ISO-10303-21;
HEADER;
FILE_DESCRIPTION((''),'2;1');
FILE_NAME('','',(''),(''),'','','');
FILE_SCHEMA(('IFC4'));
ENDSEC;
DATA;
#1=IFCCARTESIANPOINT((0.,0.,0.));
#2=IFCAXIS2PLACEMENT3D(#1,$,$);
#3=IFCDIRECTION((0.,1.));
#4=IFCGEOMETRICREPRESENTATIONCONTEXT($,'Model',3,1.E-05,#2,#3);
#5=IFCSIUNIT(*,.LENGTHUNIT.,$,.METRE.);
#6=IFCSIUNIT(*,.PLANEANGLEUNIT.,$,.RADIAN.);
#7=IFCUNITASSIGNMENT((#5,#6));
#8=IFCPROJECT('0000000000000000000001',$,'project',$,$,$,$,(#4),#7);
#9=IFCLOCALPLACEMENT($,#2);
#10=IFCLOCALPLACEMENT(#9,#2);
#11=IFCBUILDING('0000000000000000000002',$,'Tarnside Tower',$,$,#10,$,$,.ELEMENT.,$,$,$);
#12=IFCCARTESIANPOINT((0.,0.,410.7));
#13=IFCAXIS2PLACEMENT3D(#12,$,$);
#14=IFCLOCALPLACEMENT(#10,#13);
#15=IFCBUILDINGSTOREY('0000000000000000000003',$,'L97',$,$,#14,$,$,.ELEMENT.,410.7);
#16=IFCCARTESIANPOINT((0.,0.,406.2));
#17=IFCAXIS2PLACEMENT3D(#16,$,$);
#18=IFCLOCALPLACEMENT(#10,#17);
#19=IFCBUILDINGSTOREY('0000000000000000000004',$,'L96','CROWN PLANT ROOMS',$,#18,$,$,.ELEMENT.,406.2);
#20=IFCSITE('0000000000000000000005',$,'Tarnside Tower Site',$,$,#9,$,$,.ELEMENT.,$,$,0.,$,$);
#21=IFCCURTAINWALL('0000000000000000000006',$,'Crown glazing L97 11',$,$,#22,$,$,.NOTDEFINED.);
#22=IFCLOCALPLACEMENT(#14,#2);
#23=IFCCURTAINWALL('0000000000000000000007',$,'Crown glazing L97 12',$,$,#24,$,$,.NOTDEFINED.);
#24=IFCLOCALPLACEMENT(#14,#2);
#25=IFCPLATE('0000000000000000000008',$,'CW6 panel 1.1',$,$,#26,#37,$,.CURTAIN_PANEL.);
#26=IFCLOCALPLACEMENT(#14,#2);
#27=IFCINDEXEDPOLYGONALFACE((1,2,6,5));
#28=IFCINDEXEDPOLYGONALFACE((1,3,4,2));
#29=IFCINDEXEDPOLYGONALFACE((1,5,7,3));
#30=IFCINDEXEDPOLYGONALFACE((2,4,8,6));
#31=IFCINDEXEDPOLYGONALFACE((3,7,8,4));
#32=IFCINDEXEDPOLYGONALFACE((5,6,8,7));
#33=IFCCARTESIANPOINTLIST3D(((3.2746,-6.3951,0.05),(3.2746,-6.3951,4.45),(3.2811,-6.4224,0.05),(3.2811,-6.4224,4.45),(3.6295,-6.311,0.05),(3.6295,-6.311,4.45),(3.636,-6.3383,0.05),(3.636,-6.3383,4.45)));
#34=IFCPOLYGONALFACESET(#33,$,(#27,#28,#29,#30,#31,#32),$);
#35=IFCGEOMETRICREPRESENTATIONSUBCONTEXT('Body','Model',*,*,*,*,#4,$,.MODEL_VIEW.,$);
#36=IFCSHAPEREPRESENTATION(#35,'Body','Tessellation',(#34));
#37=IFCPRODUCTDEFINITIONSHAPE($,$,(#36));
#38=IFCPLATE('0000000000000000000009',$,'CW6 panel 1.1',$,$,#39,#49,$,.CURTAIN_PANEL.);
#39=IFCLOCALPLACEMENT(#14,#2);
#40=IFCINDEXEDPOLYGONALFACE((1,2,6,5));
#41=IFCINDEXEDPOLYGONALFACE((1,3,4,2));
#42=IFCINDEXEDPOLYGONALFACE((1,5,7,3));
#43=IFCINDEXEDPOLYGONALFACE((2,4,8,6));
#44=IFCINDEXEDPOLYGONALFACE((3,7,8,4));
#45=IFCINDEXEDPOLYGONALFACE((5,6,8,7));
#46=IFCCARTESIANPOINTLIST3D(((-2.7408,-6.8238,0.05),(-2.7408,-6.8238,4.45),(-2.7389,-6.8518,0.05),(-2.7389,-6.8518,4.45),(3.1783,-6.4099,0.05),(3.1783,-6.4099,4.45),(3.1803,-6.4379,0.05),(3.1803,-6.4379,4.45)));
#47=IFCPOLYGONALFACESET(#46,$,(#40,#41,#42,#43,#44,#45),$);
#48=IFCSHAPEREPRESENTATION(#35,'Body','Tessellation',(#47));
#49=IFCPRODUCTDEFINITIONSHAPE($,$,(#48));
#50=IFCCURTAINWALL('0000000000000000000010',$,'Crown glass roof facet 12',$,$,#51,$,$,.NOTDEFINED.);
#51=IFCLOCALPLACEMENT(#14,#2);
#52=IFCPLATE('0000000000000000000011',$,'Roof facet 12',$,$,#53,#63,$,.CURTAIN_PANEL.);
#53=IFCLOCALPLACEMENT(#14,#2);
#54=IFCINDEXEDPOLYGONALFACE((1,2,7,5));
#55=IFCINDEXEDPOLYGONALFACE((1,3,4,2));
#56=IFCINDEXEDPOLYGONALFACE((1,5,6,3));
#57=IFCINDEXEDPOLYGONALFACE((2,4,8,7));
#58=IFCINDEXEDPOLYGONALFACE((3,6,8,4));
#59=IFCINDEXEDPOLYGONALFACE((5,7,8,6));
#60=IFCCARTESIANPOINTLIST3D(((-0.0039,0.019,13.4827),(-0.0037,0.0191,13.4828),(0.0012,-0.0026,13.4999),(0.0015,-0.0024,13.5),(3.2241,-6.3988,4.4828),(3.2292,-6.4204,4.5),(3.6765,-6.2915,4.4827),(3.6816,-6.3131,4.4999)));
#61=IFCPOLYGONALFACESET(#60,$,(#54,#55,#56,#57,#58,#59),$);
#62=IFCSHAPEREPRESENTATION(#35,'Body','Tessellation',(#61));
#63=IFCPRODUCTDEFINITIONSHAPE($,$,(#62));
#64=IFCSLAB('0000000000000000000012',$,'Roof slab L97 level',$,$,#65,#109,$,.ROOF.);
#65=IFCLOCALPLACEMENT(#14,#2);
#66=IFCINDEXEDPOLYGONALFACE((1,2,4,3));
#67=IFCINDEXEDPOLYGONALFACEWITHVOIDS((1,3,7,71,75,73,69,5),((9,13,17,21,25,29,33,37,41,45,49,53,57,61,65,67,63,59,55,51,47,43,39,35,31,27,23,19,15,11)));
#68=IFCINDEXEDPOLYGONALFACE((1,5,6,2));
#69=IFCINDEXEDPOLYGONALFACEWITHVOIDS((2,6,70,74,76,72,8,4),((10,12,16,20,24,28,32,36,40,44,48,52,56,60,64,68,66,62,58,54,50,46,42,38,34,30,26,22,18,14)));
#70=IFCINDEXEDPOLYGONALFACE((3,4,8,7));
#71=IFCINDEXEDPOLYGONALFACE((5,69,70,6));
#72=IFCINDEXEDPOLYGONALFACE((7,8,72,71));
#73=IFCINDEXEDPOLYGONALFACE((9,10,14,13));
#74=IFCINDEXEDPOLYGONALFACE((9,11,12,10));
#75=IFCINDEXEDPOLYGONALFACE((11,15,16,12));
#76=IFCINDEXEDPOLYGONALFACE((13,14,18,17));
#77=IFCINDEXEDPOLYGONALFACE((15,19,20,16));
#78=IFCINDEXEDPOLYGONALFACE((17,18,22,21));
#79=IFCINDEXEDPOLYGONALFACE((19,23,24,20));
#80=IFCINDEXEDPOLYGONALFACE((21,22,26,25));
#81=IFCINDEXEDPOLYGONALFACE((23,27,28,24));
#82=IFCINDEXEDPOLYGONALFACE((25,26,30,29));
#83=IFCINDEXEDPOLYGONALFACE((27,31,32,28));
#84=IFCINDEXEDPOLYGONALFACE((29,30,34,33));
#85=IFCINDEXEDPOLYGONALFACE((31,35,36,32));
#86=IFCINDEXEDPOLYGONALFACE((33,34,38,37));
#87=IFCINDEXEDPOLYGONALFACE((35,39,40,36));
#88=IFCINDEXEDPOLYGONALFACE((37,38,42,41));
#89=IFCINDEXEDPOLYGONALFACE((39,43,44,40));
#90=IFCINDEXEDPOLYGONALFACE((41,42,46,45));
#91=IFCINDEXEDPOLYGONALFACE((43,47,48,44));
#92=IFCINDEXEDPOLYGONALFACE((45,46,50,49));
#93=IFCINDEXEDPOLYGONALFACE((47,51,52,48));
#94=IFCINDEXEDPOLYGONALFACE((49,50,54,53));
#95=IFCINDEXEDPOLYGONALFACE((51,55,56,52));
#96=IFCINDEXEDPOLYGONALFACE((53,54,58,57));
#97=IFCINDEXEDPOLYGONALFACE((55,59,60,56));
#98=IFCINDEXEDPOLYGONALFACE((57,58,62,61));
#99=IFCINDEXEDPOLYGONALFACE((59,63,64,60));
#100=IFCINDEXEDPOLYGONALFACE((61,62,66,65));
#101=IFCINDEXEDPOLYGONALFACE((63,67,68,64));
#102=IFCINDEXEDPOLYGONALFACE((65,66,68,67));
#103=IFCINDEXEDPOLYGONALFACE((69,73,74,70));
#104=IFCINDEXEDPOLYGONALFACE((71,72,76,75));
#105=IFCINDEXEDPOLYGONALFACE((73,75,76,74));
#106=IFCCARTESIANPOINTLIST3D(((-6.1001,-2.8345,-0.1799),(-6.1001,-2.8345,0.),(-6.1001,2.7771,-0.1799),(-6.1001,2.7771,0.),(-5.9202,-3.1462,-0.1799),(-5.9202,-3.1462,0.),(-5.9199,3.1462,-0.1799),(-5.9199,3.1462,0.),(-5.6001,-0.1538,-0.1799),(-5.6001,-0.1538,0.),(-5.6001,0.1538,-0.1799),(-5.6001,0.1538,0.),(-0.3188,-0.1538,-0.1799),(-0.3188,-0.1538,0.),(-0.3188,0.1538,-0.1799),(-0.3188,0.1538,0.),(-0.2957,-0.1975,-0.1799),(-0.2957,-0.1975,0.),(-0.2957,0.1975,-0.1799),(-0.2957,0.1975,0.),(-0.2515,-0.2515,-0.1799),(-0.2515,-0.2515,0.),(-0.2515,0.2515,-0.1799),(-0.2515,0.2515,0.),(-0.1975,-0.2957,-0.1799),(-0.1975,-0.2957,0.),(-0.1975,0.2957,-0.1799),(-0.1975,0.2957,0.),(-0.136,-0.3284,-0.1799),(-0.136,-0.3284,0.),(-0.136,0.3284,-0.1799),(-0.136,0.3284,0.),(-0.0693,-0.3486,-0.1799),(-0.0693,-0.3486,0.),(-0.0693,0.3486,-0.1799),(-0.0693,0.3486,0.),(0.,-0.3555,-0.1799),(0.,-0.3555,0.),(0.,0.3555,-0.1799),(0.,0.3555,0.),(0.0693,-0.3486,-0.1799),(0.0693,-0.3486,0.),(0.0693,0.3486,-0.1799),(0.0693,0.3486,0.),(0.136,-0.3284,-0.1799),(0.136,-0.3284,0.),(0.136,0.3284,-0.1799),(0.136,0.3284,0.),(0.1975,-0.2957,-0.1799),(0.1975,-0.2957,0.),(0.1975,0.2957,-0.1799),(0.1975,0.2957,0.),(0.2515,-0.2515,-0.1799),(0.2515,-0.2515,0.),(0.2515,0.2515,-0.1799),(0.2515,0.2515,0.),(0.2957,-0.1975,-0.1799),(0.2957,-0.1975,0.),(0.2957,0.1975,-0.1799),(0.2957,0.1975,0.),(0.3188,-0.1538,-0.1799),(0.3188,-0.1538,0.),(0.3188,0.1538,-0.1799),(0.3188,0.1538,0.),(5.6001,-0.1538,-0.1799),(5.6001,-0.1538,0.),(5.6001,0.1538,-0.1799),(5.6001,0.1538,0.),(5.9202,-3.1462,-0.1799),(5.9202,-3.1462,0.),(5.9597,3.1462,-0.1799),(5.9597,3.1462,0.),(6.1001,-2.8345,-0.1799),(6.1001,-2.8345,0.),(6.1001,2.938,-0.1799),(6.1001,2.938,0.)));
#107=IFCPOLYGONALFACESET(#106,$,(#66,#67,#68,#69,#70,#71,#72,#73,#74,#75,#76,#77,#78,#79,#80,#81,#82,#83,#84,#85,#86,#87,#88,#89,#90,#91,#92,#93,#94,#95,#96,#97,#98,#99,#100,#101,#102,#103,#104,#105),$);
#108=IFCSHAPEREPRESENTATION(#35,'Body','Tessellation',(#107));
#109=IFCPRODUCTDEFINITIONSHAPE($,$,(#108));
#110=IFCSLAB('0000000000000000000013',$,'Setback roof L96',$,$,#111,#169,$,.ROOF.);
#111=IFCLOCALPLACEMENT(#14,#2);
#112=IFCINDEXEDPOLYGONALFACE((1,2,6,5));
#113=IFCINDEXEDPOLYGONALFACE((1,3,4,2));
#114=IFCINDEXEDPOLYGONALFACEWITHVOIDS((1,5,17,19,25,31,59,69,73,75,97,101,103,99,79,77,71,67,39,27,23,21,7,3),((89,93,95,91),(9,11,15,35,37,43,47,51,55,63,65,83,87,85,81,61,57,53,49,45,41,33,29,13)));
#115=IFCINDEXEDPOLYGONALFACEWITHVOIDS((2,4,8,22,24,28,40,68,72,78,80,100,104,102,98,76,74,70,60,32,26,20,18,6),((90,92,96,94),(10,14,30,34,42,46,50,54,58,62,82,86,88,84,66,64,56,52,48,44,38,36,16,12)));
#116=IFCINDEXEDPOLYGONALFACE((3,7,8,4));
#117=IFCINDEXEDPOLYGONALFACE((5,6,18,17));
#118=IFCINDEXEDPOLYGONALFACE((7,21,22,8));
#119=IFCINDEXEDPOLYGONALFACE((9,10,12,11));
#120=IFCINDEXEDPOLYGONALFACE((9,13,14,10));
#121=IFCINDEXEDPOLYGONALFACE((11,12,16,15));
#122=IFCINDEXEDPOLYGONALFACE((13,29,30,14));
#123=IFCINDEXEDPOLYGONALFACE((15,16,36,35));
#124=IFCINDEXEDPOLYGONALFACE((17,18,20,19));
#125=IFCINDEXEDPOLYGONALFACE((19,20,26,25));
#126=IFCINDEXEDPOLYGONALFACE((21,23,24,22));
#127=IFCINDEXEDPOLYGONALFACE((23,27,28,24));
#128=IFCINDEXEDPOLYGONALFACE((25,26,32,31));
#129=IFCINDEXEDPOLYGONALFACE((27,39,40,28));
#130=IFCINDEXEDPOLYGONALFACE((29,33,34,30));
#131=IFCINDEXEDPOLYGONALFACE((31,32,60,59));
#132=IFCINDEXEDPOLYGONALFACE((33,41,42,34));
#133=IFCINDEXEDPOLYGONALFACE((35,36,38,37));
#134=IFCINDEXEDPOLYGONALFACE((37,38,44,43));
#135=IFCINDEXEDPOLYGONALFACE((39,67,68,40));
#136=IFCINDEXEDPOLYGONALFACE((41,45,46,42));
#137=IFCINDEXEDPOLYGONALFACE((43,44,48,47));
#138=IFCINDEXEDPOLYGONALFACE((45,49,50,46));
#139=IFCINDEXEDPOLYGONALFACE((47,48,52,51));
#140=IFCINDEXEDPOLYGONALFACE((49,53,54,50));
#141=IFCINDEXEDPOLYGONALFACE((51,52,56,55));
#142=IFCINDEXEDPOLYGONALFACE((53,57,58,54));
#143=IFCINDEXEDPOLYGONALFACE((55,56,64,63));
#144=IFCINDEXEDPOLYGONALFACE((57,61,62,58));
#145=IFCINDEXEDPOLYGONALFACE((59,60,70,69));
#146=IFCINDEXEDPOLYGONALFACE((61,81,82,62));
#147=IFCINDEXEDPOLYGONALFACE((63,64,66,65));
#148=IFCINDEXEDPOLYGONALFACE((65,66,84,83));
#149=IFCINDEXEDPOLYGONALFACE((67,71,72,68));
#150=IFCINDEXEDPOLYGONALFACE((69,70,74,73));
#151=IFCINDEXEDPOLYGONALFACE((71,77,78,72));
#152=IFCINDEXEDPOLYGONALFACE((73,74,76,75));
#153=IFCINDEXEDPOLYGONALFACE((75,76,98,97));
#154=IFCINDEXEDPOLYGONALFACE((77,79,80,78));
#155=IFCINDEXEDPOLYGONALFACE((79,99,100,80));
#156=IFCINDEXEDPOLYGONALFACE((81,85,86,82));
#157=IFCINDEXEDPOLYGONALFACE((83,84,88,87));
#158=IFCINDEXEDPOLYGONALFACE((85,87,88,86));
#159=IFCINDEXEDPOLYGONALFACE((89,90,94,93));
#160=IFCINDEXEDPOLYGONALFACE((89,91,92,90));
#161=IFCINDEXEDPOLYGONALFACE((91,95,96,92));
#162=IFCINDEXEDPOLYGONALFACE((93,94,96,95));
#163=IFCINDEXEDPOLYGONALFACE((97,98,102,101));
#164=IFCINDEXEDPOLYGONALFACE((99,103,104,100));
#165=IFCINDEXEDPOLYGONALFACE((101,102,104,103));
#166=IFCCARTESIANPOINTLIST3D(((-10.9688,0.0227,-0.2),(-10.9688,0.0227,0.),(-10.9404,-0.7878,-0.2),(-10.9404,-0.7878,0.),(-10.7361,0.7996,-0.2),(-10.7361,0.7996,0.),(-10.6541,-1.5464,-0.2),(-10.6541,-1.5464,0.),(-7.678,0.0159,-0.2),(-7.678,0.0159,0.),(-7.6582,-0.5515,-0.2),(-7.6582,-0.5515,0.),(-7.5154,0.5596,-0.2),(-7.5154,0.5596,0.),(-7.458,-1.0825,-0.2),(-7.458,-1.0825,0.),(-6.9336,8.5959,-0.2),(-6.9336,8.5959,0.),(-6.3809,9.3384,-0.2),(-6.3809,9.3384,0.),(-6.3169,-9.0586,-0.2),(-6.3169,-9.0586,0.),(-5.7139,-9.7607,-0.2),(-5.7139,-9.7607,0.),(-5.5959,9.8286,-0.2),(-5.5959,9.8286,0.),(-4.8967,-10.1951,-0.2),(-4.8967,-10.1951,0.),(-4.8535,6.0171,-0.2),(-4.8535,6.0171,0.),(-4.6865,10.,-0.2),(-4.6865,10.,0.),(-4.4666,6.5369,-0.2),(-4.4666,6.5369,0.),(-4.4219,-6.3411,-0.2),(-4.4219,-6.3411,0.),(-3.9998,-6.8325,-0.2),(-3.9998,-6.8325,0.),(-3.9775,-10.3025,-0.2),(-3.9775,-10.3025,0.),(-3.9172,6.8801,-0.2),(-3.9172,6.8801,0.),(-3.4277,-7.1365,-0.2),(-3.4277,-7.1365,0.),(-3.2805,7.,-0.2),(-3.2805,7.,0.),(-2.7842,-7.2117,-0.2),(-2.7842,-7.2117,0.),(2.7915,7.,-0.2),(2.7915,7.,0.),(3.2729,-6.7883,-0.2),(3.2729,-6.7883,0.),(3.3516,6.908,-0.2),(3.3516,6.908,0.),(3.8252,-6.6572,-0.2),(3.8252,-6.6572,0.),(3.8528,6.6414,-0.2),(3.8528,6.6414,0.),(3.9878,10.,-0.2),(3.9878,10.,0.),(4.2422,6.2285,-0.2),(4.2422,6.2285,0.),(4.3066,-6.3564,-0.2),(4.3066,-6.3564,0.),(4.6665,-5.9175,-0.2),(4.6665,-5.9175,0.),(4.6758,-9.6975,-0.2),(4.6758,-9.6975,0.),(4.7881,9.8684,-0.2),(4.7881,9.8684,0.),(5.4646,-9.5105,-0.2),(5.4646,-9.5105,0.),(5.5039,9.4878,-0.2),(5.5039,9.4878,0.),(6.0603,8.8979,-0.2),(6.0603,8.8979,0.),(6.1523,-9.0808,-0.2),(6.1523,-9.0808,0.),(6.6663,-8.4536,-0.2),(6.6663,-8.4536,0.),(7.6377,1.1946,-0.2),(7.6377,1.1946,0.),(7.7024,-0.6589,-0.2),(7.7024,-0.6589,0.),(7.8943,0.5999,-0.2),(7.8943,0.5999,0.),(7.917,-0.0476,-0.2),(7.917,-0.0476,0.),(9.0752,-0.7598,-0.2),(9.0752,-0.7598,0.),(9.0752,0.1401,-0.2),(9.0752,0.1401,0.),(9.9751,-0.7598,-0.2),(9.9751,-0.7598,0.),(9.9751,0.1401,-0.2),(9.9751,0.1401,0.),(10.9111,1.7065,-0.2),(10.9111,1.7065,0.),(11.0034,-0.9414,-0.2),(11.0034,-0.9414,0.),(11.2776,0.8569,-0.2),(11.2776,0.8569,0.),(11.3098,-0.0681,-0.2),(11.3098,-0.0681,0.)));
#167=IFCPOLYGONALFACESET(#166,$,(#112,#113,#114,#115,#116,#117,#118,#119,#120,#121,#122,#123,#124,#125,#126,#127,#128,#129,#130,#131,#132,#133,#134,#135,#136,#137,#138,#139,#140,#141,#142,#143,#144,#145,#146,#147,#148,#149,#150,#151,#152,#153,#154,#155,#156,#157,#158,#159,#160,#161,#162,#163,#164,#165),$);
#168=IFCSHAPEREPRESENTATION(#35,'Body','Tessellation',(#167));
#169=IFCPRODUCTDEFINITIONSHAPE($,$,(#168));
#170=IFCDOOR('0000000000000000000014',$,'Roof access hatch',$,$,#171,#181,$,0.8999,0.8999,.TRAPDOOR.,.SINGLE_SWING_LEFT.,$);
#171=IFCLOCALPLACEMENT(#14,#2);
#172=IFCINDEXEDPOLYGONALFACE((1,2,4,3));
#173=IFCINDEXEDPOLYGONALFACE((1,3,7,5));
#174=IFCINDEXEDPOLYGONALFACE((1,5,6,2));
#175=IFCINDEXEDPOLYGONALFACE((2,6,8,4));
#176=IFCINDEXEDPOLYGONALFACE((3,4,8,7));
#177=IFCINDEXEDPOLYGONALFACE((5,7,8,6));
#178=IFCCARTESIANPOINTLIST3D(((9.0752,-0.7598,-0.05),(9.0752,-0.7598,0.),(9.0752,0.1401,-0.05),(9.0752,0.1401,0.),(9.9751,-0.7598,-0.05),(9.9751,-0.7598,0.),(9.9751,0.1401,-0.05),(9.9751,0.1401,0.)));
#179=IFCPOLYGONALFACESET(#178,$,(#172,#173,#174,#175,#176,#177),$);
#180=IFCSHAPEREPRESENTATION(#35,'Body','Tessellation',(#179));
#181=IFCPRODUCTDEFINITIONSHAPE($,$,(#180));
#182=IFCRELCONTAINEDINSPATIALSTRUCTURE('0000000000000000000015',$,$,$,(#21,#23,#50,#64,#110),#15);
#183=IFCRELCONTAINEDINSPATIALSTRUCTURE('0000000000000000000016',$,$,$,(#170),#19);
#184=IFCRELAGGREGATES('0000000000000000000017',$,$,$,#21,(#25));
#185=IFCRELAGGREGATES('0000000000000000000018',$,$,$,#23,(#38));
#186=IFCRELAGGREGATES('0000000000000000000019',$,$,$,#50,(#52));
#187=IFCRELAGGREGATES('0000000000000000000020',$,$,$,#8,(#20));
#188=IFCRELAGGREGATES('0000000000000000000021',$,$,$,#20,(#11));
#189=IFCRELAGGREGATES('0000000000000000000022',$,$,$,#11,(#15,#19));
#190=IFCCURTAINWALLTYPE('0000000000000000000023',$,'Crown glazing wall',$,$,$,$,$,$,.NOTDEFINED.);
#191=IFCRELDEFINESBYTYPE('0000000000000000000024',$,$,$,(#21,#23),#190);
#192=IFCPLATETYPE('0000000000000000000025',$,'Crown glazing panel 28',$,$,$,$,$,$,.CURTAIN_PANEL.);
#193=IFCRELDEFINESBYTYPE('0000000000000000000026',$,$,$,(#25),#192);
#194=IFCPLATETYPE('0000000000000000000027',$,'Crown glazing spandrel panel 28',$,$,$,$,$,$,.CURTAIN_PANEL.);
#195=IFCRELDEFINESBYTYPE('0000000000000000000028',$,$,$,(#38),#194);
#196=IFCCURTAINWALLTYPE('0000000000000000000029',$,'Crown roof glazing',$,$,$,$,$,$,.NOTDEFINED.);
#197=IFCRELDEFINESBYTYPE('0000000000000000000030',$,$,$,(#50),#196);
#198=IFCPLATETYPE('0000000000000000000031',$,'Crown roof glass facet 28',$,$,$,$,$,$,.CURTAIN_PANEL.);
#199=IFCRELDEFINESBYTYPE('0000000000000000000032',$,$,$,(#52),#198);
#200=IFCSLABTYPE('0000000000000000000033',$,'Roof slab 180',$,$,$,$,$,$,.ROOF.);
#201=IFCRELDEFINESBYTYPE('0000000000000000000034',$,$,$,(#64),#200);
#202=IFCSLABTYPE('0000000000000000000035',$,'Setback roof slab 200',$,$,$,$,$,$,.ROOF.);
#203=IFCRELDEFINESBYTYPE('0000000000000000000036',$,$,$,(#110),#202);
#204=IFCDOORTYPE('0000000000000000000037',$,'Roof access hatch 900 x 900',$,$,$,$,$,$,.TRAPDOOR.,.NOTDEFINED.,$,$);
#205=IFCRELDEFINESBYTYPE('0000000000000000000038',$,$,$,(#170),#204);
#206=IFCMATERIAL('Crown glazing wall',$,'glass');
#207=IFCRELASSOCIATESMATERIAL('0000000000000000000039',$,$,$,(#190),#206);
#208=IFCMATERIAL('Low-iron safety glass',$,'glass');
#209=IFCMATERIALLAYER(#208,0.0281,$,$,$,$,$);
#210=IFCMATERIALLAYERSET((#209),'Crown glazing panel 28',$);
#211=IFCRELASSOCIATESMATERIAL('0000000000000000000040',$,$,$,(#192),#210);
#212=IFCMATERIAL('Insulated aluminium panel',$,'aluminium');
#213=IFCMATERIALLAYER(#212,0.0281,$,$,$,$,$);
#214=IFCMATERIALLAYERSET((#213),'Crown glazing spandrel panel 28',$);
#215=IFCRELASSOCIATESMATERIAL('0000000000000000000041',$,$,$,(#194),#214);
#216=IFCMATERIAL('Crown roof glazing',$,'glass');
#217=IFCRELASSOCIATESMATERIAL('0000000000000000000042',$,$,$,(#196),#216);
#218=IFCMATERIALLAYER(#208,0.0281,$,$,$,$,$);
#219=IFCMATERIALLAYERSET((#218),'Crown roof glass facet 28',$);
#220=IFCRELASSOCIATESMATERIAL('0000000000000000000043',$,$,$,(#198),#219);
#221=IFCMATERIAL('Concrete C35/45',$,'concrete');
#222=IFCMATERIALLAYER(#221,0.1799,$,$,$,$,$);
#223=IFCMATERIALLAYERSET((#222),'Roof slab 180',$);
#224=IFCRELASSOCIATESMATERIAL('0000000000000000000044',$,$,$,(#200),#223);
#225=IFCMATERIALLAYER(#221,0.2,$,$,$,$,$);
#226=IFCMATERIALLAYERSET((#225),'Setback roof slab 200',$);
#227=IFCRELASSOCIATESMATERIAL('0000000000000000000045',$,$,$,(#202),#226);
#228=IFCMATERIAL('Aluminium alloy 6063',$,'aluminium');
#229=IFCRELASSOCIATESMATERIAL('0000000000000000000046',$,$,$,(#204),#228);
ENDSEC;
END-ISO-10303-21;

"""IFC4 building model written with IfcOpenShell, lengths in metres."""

from ifc_helpers import new_model, si_unit, direction, frame, origin, origin_2d, place, context, subcontext, project, spatial, polyline, rectangle, outline, extrude, material, layer, layer_set, type_object, element, fill, aggregate, save


model = new_model("IFC4")

# Units and contexts
model_context = context("Model", 3, precision=1e-05, world=origin(), true_north=direction((0.0, 1.0)))
body_context = subcontext(model_context, "Body", "Model", "MODEL_VIEW")
ifc_project = project(units=[si_unit("LENGTHUNIT", "METRE"), si_unit("PLANEANGLEUNIT", "RADIAN")], contexts=[model_context])

# Site, building, storey
site_placement = place(None, origin())
site = spatial("IfcSite", under=ifc_project, at=site_placement, Name="Tarnside Tower Site", CompositionType="ELEMENT", RefElevation=0.0)
building_placement = place(site_placement, origin())
building = spatial("IfcBuilding", under=site, at=building_placement, Name="Tarnside Tower", CompositionType="ELEMENT")
storey_1_placement = place(building_placement, frame((0.0, 0.0, 410.7)))
storey_1 = spatial("IfcBuildingStorey", under=building, at=storey_1_placement, Name="L97", CompositionType="ELEMENT", Elevation=410.7)

# Shared definitions
ifc_material_1 = material(Name="Crown glazing wall", Category="glass")
curtain_wall_type_1 = type_object("IfcCurtainWallType", Name="Crown glazing wall", PredefinedType="NOTDEFINED", material=ifc_material_1)
ifc_material_2 = material(Name="Aluminium alloy 6063", Category="aluminium")

# Curtain wall
curtain_wall_1_placement = place(storey_1_placement, origin())
curtain_wall_1 = element("IfcCurtainWall", 1, at=curtain_wall_1_placement, inside=storey_1, type_object=curtain_wall_type_1, Name="Crown glazing L97 11", PredefinedType="NOTDEFINED")

# Curtain wall
curtain_wall_2_placement = place(storey_1_placement, origin())
curtain_wall_2 = element("IfcCurtainWall", 2, at=curtain_wall_2_placement, inside=storey_1, type_object=curtain_wall_type_1, Name="Crown glazing L97 12", PredefinedType="NOTDEFINED")

# Plates
ifc_material_3 = material(Name="Low-iron safety glass", Category="glass")
ifc_layer_1 = layer(ifc_material_3, 0.0281)
ifc_layer_set_1 = layer_set([ifc_layer_1], Name="Crown glazing panel 28")
plate_type_1 = type_object("IfcPlateType", Name="Crown glazing panel 28", PredefinedType="CURTAIN_PANEL", material=ifc_layer_set_1)
plate_1_placement = place(storey_1_placement, frame((3.4553, -6.3667, 0.05), z_axis=(0.0, 0.0, 1.0), x_axis=(-0.973045, -0.230616, 0.0)))
plate_1 = element("IfcPlate", 3, at=plate_1_placement, type_object=plate_type_1, Name="CW6 panel 1.1", PredefinedType="CURTAIN_PANEL", context=body_context, shape_type="SweptSolid", body=[
    extrude(rectangle(XDim=0.3647, YDim=0.0281, at=origin_2d()), origin(), (0.0, 0.0, 1.0), 4.3999),
])
aggregate(curtain_wall_1, [plate_1])
ifc_material_4 = material(Name="Insulated aluminium panel", Category="aluminium")
ifc_layer_2 = layer(ifc_material_4, 0.0281)
ifc_layer_set_2 = layer_set([ifc_layer_2], Name="Crown glazing spandrel panel 28")
plate_type_2 = type_object("IfcPlateType", Name="Crown glazing spandrel panel 28", PredefinedType="CURTAIN_PANEL", material=ifc_layer_set_2)
plate_2_placement = place(storey_1_placement, frame((0.2197, -6.6309, 0.05), z_axis=(0.0, 0.0, 1.0), x_axis=(-0.997564, -0.069756, 0.0)))
plate_2 = element("IfcPlate", 4, at=plate_2_placement, type_object=plate_type_2, Name="CW6 panel 1.1", PredefinedType="CURTAIN_PANEL", context=body_context, shape_type="SweptSolid", body=[
    extrude(rectangle(XDim=5.9336, YDim=0.0281, at=origin_2d()), origin(), (0.0, 0.0, 1.0), 4.3999),
])
aggregate(curtain_wall_2, [plate_2])

# Curtain wall, plate
ifc_material_5 = material(Name="Crown roof glazing", Category="glass")
curtain_wall_type_2 = type_object("IfcCurtainWallType", Name="Crown roof glazing", PredefinedType="NOTDEFINED", material=ifc_material_5)
curtain_wall_3_placement = place(storey_1_placement, origin())
curtain_wall_3 = element("IfcCurtainWall", 5, at=curtain_wall_3_placement, inside=storey_1, type_object=curtain_wall_type_2, Name="Crown glass roof facet 12", PredefinedType="NOTDEFINED")
ifc_layer_3 = layer(ifc_material_3, 0.0281)
ifc_layer_set_3 = layer_set([ifc_layer_3], Name="Crown roof glass facet 28")
plate_type_3 = type_object("IfcPlateType", Name="Crown roof glass facet 28", PredefinedType="CURTAIN_PANEL", material=ifc_layer_set_3)
plate_3_placement = place(storey_1_placement, frame((3.2292, -6.4204, 4.5), z_axis=(0.18237, -0.76844, 0.613386), x_axis=(0.973009, 0.230768, -0.000189)))
plate_3 = element("IfcPlate", 6, at=plate_3_placement, type_object=plate_type_3, Name="Roof facet 12", PredefinedType="CURTAIN_PANEL", context=body_context, shape_type="SweptSolid", body=[
    extrude(outline(polyline([(0.0, 0.0), (0.4649, 0.0), (-1.6613, 11.3951), (-1.6616, 11.395), (0.0, 0.0)])), origin(), (0.0, 0.0, -1.0), 0.0281),
])
aggregate(curtain_wall_3, [plate_3])

# Slab
ifc_material_6 = material(Name="Concrete C35/45", Category="concrete")
ifc_layer_4 = layer(ifc_material_6, 0.1799)
ifc_layer_set_4 = layer_set([ifc_layer_4], Name="Roof slab 180")
slab_type_1 = type_object("IfcSlabType", Name="Roof slab 180", PredefinedType="ROOF", material=ifc_layer_set_4)
slab_1_placement = place(storey_1_placement, frame((0.0, 0.0, -0.1799)))
element("IfcSlab", 7, at=slab_1_placement, inside=storey_1, type_object=slab_type_1, Name="Roof slab L97 level", PredefinedType="ROOF", context=body_context, shape_type="SweptSolid", body=[
    extrude(outline(polyline([(5.9202, -3.1462), (-5.9202, -3.1462), (-6.1001, -2.8345), (-6.1001, 2.7771), (-5.9199, 3.1462), (5.9597, 3.1462), (6.1001, 2.938), (6.1001, -2.8345), (5.9202, -3.1462)]), holes=[polyline([(0.1975, 0.2957), (0.136, 0.3284), (0.0693, 0.3486), (0.0, 0.3555), (-0.0693, 0.3486), (-0.136, 0.3284), (-0.1975, 0.2957), (-0.2515, 0.2515), (-0.2957, 0.1975), (-0.3188, 0.1538), (-5.6001, 0.1538), (-5.6001, -0.1538), (-0.3188, -0.1538), (-0.2957, -0.1975), (-0.2515, -0.2515), (-0.1975, -0.2957), (-0.136, -0.3284), (-0.0693, -0.3486), (0.0, -0.3555), (0.0693, -0.3486), (0.136, -0.3284), (0.1975, -0.2957), (0.2515, -0.2515), (0.2957, -0.1975), (0.3188, -0.1538), (5.6001, -0.1538), (5.6001, 0.1538), (0.3188, 0.1538), (0.2957, 0.1975), (0.2515, 0.2515), (0.1975, 0.2957)])]), origin(), (0.0, 0.0, 1.0), 0.1799),
])

# Slab, opening
ifc_layer_5 = layer(ifc_material_6, 0.2)
ifc_layer_set_5 = layer_set([ifc_layer_5], Name="Setback roof slab 200")
slab_type_2 = type_object("IfcSlabType", Name="Setback roof slab 200", PredefinedType="ROOF", material=ifc_layer_set_5)
slab_2_placement = place(storey_1_placement, frame((0.0, 0.0, -0.2)))
slab_2 = element("IfcSlab", 8, at=slab_2_placement, inside=storey_1, type_object=slab_type_2, Name="Setback roof L96", PredefinedType="ROOF", context=body_context, shape_type="SweptSolid", body=[
    extrude(outline(polyline([(4.7881, 9.8684), (5.5039, 9.4878), (6.0603, 8.8979), (10.9111, 1.7065), (11.2776, 0.8569), (11.3098, -0.0681), (11.0034, -0.9414), (6.6663, -8.4536), (6.1523, -9.0808), (5.4646, -9.5105), (4.6758, -9.6975), (-3.9775, -10.3025), (-4.8967, -10.1951), (-5.7139, -9.7607), (-6.3169, -9.0586), (-10.6541, -1.5464), (-10.9404, -0.7878), (-10.9688, 0.0227), (-10.7361, 0.7996), (-6.9336, 8.5959), (-6.3809, 9.3384), (-5.5959, 9.8286), (-4.6865, 10.0), (3.9878, 10.0), (4.7881, 9.8684)]), holes=[polyline([(2.7915, 7.0), (-3.2805, 7.0), (-3.9172, 6.8801), (-4.4666, 6.5369), (-4.8535, 6.0171), (-7.5154, 0.5596), (-7.678, 0.0159), (-7.6582, -0.5515), (-7.458, -1.0825), (-4.4219, -6.3411), (-3.9998, -6.8325), (-3.4277, -7.1365), (-2.7842, -7.2117), (3.2729, -6.7883), (3.8252, -6.6572), (4.3066, -6.3564), (4.6665, -5.9175), (7.7024, -0.6589), (7.917, -0.0476), (7.8943, 0.5999), (7.6377, 1.1946), (4.2422, 6.2285), (3.8528, 6.6414), (3.3516, 6.908), (2.7915, 7.0)])]), origin(), (0.0, 0.0, 1.0), 0.2),
])
opening_placement = place(slab_2_placement, frame((9.5251, -0.3098, 0.0)))
opening = element("IfcOpeningElement", 9, at=opening_placement, cuts=slab_2, PredefinedType="OPENING", context=body_context, shape_type="SweptSolid", body=[
    extrude(rectangle(XDim=0.8999, YDim=0.8999, at=origin_2d()), origin(), (0.0, 0.0, 1.0), 0.2),
])

# Shared definitions
storey_2_placement = place(building_placement, frame((0.0, 0.0, 406.2)))
storey_2 = spatial("IfcBuildingStorey", under=building, at=storey_2_placement, Name="L96", Description="CROWN PLANT ROOMS", CompositionType="ELEMENT", Elevation=406.2)

# Door
door_type = type_object("IfcDoorType", Name="Roof access hatch 900 x 900", OperationType="NOTDEFINED", PredefinedType="TRAPDOOR", material=ifc_material_2)
door_placement = place(opening_placement, frame((0.0, 0.0, 0.1499)))
door = element("IfcDoor", 10, at=door_placement, inside=storey_2, type_object=door_type, Name="Roof access hatch", OperationType="SINGLE_SWING_LEFT", OverallHeight=0.8999, OverallWidth=0.8999, PredefinedType="TRAPDOOR", context=body_context, shape_type="SweptSolid", body=[
    extrude(rectangle(XDim=0.8999, YDim=0.8999, at=origin_2d()), origin(), (0.0, 0.0, 1.0), 0.05),
])
fill(opening, door)

save(model, "model.ifc")
